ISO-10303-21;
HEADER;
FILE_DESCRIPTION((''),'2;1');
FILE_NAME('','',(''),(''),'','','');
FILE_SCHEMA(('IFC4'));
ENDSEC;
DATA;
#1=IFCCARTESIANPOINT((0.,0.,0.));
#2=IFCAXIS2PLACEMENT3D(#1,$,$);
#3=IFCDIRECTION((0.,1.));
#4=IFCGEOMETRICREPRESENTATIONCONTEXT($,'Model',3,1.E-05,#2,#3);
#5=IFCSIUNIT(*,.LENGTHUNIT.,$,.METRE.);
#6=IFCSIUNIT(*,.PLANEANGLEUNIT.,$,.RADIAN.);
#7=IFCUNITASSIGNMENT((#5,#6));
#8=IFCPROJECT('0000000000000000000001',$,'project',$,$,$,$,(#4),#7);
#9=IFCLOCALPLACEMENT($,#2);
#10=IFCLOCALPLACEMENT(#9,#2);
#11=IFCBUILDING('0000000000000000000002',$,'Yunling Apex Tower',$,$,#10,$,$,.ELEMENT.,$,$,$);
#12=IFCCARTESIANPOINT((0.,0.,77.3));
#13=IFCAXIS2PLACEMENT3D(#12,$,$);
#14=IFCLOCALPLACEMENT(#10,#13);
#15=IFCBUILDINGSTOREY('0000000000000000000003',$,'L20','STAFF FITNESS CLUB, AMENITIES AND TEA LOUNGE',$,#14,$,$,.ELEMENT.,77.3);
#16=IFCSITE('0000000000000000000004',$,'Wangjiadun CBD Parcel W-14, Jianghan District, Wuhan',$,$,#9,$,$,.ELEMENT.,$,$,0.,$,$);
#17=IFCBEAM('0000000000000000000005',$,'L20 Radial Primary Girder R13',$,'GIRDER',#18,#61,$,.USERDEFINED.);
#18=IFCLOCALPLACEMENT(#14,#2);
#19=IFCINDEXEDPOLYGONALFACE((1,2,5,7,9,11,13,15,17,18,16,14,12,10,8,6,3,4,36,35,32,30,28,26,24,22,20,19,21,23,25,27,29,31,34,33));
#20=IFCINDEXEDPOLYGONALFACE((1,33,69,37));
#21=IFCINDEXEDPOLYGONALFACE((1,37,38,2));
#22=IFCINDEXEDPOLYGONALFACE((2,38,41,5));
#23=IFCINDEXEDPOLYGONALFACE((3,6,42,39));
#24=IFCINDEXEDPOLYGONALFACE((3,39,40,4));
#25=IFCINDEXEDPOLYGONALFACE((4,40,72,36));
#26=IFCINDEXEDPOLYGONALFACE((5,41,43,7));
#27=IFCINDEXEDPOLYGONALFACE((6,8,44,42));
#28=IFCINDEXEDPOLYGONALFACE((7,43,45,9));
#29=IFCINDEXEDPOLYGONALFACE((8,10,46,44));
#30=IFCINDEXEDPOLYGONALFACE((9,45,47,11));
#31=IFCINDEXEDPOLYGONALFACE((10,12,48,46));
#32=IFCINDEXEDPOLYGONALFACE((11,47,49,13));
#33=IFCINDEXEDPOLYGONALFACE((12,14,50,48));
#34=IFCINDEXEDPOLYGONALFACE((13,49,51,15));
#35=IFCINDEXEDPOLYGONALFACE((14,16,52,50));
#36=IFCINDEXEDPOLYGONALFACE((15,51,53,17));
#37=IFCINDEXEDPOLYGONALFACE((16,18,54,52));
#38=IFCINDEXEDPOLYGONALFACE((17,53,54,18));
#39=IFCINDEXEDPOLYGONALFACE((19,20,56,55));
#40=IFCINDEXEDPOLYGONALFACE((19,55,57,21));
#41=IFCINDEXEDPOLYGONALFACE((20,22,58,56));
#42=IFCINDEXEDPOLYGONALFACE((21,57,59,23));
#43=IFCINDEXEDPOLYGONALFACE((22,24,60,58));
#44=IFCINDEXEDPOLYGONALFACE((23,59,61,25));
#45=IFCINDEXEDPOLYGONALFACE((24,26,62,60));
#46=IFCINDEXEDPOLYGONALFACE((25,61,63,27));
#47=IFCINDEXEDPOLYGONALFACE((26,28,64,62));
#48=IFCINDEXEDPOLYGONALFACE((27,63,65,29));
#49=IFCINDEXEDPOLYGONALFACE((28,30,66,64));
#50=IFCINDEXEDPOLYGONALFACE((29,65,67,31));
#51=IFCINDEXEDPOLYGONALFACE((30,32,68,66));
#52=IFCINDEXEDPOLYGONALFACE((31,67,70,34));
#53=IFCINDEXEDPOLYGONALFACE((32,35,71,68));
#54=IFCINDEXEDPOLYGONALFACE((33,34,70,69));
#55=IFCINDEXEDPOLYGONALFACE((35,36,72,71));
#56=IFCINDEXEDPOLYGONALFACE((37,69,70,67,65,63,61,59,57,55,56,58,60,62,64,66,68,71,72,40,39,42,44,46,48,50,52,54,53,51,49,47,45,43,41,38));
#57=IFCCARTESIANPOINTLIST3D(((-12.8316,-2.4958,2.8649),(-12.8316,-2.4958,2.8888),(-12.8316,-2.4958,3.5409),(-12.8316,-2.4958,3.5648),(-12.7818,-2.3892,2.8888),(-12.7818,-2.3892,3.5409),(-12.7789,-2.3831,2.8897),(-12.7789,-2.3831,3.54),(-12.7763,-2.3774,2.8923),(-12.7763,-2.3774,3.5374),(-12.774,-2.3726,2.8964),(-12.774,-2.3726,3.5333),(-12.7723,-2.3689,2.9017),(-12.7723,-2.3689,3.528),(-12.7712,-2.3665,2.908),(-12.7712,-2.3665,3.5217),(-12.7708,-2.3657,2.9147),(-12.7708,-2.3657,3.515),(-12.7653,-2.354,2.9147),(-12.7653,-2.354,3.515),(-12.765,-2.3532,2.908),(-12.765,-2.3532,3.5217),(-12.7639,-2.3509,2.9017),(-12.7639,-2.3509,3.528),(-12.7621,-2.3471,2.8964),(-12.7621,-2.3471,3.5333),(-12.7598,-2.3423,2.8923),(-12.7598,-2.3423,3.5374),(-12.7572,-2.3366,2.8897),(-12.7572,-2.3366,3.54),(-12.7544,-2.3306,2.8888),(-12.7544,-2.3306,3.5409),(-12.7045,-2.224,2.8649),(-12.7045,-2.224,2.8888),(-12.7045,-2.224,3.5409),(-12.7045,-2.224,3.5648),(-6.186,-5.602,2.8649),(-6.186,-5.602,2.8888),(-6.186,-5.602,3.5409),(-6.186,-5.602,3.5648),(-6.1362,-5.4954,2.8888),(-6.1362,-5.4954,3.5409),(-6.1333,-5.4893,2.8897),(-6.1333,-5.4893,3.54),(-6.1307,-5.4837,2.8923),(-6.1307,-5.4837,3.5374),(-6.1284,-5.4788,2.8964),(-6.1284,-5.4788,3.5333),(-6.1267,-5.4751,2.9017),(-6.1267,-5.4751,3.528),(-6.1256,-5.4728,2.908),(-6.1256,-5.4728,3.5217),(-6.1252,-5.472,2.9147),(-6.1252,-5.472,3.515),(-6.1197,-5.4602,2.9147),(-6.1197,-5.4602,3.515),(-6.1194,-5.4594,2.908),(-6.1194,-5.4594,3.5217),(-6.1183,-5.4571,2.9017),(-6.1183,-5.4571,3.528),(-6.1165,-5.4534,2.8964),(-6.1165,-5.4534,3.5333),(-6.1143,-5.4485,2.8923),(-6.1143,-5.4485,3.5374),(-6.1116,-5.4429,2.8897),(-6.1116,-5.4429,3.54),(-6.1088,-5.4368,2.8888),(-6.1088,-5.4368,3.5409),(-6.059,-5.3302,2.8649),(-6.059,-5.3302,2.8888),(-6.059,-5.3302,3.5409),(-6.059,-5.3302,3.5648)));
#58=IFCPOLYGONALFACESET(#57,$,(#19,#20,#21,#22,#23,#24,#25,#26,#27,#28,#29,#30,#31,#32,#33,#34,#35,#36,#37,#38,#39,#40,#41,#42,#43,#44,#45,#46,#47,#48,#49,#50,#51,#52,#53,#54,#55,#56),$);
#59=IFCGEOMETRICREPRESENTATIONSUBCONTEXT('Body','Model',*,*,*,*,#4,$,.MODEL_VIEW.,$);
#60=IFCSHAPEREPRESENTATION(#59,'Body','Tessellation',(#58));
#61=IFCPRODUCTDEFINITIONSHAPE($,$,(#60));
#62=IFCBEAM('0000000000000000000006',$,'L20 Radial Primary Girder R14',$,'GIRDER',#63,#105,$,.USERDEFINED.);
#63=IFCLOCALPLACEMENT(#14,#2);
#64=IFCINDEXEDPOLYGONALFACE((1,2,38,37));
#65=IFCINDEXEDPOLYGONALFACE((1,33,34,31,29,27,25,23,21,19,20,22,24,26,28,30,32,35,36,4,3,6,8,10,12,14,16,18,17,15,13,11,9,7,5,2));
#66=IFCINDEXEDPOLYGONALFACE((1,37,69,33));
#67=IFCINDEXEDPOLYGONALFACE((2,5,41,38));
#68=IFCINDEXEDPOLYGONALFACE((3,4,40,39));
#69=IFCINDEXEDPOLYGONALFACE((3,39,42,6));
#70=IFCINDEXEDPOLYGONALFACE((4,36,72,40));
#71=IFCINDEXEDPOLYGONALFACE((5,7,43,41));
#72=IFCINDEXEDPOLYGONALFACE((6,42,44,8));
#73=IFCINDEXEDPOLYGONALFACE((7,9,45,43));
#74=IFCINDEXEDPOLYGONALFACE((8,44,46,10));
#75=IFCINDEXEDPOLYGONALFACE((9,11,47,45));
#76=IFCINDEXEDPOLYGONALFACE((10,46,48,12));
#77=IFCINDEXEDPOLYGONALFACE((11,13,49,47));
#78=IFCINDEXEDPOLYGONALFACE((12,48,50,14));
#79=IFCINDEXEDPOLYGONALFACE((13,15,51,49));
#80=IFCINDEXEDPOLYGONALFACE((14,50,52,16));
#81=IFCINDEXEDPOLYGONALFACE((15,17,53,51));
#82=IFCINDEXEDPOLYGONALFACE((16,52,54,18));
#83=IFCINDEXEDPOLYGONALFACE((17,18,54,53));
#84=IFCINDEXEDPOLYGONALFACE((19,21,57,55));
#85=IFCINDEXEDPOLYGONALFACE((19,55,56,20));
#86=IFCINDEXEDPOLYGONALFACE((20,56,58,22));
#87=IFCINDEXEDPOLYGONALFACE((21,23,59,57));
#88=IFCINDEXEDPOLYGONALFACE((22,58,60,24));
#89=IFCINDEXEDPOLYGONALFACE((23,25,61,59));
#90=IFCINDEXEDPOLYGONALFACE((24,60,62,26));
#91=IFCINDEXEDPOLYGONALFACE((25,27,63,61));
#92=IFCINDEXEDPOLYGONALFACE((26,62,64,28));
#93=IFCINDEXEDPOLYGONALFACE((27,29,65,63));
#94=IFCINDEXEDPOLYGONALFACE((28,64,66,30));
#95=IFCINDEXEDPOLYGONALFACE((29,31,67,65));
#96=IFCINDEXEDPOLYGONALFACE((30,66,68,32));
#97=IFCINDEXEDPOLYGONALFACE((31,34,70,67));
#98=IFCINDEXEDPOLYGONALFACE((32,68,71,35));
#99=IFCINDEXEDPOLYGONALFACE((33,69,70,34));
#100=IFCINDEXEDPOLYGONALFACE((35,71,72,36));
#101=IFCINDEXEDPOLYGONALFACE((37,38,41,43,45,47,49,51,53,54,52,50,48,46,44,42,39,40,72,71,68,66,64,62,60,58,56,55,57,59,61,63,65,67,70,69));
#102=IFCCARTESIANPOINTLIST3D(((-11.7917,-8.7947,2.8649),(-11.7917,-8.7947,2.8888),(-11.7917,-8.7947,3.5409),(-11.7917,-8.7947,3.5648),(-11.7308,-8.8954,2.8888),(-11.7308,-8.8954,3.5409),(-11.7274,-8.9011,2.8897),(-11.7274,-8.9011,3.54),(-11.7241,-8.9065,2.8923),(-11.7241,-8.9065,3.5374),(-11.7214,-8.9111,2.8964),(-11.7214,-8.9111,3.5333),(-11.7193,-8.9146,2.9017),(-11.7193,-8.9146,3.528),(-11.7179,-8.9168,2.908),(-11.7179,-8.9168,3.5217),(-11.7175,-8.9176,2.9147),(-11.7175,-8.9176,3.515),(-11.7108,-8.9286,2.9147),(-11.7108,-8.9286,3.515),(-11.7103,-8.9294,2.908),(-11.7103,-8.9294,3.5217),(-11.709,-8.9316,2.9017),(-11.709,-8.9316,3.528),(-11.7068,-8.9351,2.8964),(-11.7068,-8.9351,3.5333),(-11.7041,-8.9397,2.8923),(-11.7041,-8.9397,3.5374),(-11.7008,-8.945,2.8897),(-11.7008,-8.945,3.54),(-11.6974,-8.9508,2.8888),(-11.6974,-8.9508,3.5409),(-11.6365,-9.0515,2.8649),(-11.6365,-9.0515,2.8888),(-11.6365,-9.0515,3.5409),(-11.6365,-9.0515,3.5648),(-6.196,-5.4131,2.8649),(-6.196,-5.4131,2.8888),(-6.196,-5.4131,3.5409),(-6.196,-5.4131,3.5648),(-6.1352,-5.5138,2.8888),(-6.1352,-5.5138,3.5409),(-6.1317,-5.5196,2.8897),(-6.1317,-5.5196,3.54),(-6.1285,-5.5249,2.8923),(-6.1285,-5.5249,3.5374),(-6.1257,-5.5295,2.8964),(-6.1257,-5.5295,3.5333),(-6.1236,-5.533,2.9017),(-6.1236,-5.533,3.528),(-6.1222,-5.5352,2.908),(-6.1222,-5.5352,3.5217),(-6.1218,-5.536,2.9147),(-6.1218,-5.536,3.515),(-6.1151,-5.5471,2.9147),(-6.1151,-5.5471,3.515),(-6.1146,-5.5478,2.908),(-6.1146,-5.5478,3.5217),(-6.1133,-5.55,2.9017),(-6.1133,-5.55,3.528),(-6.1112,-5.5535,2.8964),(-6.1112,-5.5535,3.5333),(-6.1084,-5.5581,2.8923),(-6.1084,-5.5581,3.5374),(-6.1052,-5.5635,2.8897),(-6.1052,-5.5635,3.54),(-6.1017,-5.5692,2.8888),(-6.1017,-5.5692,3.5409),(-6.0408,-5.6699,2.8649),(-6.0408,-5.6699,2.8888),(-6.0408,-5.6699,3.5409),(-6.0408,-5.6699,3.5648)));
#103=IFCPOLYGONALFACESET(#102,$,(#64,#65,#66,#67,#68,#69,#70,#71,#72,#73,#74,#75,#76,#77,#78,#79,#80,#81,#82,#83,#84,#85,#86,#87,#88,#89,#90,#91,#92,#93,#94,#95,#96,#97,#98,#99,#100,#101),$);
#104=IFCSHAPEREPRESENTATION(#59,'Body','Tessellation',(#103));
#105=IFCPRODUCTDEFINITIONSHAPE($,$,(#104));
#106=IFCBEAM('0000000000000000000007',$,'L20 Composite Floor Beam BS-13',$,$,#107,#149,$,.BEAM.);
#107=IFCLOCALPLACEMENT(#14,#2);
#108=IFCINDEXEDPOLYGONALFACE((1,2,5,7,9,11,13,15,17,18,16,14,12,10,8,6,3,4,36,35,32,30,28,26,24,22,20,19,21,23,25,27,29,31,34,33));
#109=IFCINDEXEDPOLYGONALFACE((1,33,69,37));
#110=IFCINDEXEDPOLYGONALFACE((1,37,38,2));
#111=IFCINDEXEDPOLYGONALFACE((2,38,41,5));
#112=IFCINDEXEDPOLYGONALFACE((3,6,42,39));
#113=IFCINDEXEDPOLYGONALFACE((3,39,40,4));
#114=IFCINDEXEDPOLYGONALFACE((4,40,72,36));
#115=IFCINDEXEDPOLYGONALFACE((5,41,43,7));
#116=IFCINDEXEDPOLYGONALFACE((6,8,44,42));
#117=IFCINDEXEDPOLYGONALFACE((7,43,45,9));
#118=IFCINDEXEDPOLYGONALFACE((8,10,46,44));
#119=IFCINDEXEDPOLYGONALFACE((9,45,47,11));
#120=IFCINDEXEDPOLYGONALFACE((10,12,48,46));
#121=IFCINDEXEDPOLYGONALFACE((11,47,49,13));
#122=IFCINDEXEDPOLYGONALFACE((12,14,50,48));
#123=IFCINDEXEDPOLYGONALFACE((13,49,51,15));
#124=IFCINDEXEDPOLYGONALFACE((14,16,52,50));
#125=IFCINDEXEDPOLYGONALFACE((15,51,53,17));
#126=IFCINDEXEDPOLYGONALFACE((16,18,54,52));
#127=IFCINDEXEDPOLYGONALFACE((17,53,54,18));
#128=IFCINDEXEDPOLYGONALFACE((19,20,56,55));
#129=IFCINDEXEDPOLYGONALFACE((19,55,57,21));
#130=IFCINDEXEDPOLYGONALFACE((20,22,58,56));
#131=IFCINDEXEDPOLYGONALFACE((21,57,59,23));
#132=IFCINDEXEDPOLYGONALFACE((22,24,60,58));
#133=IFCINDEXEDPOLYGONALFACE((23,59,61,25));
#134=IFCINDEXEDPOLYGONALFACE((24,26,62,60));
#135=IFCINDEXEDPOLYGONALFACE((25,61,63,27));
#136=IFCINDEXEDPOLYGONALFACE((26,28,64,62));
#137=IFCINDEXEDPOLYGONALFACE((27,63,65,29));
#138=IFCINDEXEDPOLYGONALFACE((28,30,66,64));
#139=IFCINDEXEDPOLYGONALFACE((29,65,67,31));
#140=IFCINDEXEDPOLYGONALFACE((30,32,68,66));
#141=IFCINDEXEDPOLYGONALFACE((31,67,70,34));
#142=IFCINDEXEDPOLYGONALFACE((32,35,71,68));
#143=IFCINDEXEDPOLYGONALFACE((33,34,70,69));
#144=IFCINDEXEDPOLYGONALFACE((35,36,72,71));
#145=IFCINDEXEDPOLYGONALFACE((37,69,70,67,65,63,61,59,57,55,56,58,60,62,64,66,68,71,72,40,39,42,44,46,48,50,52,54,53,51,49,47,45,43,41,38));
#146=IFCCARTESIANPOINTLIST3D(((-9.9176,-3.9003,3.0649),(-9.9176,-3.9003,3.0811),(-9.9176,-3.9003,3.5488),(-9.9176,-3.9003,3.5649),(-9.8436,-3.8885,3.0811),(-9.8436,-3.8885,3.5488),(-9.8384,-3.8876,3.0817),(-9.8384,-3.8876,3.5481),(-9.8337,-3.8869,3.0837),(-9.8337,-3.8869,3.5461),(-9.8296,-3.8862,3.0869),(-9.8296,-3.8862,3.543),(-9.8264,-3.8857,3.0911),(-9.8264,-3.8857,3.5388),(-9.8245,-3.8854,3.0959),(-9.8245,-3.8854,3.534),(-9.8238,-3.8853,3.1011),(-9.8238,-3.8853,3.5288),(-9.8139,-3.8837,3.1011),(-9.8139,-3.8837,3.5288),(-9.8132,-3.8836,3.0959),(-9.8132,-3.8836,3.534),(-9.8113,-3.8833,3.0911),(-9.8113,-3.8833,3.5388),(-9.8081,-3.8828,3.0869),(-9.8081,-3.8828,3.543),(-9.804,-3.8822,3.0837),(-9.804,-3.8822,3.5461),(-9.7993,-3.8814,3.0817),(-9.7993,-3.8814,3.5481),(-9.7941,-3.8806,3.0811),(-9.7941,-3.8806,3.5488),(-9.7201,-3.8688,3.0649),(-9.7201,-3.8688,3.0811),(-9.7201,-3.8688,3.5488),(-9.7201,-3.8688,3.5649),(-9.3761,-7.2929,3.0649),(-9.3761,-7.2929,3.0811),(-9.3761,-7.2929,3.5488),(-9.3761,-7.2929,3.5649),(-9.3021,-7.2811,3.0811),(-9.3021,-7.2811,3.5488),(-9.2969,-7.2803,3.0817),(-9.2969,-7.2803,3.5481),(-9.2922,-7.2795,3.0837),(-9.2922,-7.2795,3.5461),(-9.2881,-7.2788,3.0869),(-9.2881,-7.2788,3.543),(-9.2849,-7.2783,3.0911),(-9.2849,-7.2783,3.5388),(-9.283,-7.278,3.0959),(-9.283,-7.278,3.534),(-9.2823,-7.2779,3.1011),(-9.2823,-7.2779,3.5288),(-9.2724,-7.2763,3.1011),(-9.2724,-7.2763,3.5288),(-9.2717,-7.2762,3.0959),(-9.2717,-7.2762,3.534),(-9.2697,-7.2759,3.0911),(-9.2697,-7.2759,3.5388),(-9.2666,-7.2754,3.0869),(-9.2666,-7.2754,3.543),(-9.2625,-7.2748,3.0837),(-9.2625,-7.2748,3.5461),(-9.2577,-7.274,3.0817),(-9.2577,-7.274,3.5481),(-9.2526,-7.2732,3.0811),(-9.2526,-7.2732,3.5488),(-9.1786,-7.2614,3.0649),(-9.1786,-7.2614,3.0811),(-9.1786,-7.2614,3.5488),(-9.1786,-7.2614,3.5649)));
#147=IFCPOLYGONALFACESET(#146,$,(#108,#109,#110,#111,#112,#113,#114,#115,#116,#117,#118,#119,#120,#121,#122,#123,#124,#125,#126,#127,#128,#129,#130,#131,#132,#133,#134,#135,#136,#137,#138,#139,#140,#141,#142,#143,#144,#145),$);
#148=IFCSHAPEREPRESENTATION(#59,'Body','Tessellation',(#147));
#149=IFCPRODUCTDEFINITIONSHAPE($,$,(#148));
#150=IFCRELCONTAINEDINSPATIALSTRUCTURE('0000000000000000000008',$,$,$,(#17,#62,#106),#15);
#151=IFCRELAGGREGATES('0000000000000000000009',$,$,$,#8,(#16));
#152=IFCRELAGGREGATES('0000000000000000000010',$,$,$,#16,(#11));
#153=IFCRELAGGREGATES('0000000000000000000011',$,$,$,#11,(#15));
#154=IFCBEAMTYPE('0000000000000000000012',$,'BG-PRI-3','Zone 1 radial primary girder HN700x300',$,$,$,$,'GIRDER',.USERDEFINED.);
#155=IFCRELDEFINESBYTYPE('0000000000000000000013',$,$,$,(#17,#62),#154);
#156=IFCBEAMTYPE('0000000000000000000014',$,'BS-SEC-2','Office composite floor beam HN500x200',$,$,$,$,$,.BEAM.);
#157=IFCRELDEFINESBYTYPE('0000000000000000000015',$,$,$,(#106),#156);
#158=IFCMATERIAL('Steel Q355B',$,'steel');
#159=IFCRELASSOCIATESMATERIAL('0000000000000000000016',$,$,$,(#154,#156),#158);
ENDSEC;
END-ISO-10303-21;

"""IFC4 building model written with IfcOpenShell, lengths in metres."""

from ifc_helpers import new_model, si_unit, direction, frame, origin, origin_2d, place, context, subcontext, project, spatial, i_section, extrude, source, transform, mapped, material, material_profile, profile_set, type_object, element, save


model = new_model("IFC4")

# Units and contexts
model_context = context("Model", 3, precision=1e-05, world=origin(), true_north=direction((0.0, 1.0)))
body_context = subcontext(model_context, "Body", "Model", "MODEL_VIEW")
ifc_project = project(units=[si_unit("LENGTHUNIT", "METRE"), si_unit("PLANEANGLEUNIT", "RADIAN")], contexts=[model_context])

# Site, building, storey
site_placement = place(None, origin())
site = spatial("IfcSite", under=ifc_project, at=site_placement, Name="Wangjiadun CBD Parcel W-14, Jianghan District, Wuhan", CompositionType="ELEMENT", RefElevation=0.0)
building_placement = place(site_placement, origin())
building = spatial("IfcBuilding", under=site, at=building_placement, Name="Yunling Apex Tower", CompositionType="ELEMENT")
storey_placement = place(building_placement, frame((0.0, 0.0, 77.3)))
storey = spatial("IfcBuildingStorey", under=building, at=storey_placement, Name="L20", Description="STAFF FITNESS CLUB, AMENITIES AND TEA LOUNGE", CompositionType="ELEMENT", Elevation=77.3)

# Beams
ifc_material_1 = material(Name="Steel Q355B", Category="steel")
ifc_material_profile_1 = material_profile(ifc_material_1, i_section(OverallWidth=0.3, OverallDepth=0.7, WebThickness=0.0129, FlangeThickness=0.0239, FilletRadius=0.0259, at=origin_2d()))
ifc_profile_set_1 = profile_set([ifc_material_profile_1], Name="Steel Q355B")
beam_type_1 = type_object("IfcBeamType", Name="BG-PRI-3", Description="Zone 1 radial primary girder HN700x300", ElementType="GIRDER", PredefinedType="USERDEFINED", material=ifc_profile_set_1)
shared_shape_1 = source(origin(), body_context, "Body", "SweptSolid", [
    extrude(i_section(OverallWidth=0.3, OverallDepth=0.7, WebThickness=0.0129, FlangeThickness=0.0239, FilletRadius=0.0259, at=origin_2d()), origin(), (0.0, 0.0, 1.0), 7.3357),
])
beam_1_placement = place(storey_placement, frame((-12.7681, -2.3599, 3.2148), z_axis=(0.905924, -0.423441, 0.0), x_axis=(0.423441, 0.905924, 0.0)))
element("IfcBeam", 1, at=beam_1_placement, inside=storey, type_object=beam_type_1, Name="L20 Radial Primary Girder R13", ObjectType="GIRDER", PredefinedType="USERDEFINED", context=body_context, shape_type="MappedRepresentation", body=[
    mapped(shared_shape_1, transform((0.0, 0.0, 0.0), scale=1.0)),
])
shared_shape_2 = source(origin(), body_context, "Body", "SweptSolid", [
    extrude(i_section(OverallWidth=0.3, OverallDepth=0.7, WebThickness=0.0129, FlangeThickness=0.0239, FilletRadius=0.0259, at=origin_2d()), origin(), (0.0, 0.0, 1.0), 6.5381),
])
beam_2_placement = place(storey_placement, frame((-11.7141, -8.9231, 3.2148), z_axis=(0.855858, 0.517211, 0.0), x_axis=(-0.517211, 0.855858, 0.0)))
element("IfcBeam", 2, at=beam_2_placement, inside=storey, type_object=beam_type_1, Name="L20 Radial Primary Girder R14", ObjectType="GIRDER", PredefinedType="USERDEFINED", context=body_context, shape_type="MappedRepresentation", body=[
    mapped(shared_shape_2, transform((0.0, 0.0, 0.0), scale=1.0)),
])
ifc_material_profile_2 = material_profile(ifc_material_1, i_section(OverallWidth=0.2, OverallDepth=0.5, WebThickness=0.01, FlangeThickness=0.0161, FilletRadius=0.02, at=origin_2d()))
ifc_profile_set_2 = profile_set([ifc_material_profile_2], Name="Steel Q355B")
beam_type_2 = type_object("IfcBeamType", Name="BS-SEC-2", Description="Office composite floor beam HN500x200", PredefinedType="BEAM", material=ifc_profile_set_2)
shared_shape_3 = source(origin(), body_context, "Body", "SweptSolid", [
    extrude(i_section(OverallWidth=0.2, OverallDepth=0.5, WebThickness=0.01, FlangeThickness=0.0161, FilletRadius=0.02, at=origin_2d()), origin(), (0.0, 0.0, 1.0), 3.4355),
])
beam_3_placement = place(storey_placement, frame((-9.8188, -3.8845, 3.3149), z_axis=(0.157619, -0.9875, 0.0), x_axis=(0.9875, 0.157619, 0.0)))
element("IfcBeam", 3, at=beam_3_placement, inside=storey, type_object=beam_type_2, Name="L20 Composite Floor Beam BS-13", PredefinedType="BEAM", context=body_context, shape_type="MappedRepresentation", body=[
    mapped(shared_shape_3, transform((0.0, 0.0, 0.0), scale=1.0)),
])

save(model, "model.ifc")
